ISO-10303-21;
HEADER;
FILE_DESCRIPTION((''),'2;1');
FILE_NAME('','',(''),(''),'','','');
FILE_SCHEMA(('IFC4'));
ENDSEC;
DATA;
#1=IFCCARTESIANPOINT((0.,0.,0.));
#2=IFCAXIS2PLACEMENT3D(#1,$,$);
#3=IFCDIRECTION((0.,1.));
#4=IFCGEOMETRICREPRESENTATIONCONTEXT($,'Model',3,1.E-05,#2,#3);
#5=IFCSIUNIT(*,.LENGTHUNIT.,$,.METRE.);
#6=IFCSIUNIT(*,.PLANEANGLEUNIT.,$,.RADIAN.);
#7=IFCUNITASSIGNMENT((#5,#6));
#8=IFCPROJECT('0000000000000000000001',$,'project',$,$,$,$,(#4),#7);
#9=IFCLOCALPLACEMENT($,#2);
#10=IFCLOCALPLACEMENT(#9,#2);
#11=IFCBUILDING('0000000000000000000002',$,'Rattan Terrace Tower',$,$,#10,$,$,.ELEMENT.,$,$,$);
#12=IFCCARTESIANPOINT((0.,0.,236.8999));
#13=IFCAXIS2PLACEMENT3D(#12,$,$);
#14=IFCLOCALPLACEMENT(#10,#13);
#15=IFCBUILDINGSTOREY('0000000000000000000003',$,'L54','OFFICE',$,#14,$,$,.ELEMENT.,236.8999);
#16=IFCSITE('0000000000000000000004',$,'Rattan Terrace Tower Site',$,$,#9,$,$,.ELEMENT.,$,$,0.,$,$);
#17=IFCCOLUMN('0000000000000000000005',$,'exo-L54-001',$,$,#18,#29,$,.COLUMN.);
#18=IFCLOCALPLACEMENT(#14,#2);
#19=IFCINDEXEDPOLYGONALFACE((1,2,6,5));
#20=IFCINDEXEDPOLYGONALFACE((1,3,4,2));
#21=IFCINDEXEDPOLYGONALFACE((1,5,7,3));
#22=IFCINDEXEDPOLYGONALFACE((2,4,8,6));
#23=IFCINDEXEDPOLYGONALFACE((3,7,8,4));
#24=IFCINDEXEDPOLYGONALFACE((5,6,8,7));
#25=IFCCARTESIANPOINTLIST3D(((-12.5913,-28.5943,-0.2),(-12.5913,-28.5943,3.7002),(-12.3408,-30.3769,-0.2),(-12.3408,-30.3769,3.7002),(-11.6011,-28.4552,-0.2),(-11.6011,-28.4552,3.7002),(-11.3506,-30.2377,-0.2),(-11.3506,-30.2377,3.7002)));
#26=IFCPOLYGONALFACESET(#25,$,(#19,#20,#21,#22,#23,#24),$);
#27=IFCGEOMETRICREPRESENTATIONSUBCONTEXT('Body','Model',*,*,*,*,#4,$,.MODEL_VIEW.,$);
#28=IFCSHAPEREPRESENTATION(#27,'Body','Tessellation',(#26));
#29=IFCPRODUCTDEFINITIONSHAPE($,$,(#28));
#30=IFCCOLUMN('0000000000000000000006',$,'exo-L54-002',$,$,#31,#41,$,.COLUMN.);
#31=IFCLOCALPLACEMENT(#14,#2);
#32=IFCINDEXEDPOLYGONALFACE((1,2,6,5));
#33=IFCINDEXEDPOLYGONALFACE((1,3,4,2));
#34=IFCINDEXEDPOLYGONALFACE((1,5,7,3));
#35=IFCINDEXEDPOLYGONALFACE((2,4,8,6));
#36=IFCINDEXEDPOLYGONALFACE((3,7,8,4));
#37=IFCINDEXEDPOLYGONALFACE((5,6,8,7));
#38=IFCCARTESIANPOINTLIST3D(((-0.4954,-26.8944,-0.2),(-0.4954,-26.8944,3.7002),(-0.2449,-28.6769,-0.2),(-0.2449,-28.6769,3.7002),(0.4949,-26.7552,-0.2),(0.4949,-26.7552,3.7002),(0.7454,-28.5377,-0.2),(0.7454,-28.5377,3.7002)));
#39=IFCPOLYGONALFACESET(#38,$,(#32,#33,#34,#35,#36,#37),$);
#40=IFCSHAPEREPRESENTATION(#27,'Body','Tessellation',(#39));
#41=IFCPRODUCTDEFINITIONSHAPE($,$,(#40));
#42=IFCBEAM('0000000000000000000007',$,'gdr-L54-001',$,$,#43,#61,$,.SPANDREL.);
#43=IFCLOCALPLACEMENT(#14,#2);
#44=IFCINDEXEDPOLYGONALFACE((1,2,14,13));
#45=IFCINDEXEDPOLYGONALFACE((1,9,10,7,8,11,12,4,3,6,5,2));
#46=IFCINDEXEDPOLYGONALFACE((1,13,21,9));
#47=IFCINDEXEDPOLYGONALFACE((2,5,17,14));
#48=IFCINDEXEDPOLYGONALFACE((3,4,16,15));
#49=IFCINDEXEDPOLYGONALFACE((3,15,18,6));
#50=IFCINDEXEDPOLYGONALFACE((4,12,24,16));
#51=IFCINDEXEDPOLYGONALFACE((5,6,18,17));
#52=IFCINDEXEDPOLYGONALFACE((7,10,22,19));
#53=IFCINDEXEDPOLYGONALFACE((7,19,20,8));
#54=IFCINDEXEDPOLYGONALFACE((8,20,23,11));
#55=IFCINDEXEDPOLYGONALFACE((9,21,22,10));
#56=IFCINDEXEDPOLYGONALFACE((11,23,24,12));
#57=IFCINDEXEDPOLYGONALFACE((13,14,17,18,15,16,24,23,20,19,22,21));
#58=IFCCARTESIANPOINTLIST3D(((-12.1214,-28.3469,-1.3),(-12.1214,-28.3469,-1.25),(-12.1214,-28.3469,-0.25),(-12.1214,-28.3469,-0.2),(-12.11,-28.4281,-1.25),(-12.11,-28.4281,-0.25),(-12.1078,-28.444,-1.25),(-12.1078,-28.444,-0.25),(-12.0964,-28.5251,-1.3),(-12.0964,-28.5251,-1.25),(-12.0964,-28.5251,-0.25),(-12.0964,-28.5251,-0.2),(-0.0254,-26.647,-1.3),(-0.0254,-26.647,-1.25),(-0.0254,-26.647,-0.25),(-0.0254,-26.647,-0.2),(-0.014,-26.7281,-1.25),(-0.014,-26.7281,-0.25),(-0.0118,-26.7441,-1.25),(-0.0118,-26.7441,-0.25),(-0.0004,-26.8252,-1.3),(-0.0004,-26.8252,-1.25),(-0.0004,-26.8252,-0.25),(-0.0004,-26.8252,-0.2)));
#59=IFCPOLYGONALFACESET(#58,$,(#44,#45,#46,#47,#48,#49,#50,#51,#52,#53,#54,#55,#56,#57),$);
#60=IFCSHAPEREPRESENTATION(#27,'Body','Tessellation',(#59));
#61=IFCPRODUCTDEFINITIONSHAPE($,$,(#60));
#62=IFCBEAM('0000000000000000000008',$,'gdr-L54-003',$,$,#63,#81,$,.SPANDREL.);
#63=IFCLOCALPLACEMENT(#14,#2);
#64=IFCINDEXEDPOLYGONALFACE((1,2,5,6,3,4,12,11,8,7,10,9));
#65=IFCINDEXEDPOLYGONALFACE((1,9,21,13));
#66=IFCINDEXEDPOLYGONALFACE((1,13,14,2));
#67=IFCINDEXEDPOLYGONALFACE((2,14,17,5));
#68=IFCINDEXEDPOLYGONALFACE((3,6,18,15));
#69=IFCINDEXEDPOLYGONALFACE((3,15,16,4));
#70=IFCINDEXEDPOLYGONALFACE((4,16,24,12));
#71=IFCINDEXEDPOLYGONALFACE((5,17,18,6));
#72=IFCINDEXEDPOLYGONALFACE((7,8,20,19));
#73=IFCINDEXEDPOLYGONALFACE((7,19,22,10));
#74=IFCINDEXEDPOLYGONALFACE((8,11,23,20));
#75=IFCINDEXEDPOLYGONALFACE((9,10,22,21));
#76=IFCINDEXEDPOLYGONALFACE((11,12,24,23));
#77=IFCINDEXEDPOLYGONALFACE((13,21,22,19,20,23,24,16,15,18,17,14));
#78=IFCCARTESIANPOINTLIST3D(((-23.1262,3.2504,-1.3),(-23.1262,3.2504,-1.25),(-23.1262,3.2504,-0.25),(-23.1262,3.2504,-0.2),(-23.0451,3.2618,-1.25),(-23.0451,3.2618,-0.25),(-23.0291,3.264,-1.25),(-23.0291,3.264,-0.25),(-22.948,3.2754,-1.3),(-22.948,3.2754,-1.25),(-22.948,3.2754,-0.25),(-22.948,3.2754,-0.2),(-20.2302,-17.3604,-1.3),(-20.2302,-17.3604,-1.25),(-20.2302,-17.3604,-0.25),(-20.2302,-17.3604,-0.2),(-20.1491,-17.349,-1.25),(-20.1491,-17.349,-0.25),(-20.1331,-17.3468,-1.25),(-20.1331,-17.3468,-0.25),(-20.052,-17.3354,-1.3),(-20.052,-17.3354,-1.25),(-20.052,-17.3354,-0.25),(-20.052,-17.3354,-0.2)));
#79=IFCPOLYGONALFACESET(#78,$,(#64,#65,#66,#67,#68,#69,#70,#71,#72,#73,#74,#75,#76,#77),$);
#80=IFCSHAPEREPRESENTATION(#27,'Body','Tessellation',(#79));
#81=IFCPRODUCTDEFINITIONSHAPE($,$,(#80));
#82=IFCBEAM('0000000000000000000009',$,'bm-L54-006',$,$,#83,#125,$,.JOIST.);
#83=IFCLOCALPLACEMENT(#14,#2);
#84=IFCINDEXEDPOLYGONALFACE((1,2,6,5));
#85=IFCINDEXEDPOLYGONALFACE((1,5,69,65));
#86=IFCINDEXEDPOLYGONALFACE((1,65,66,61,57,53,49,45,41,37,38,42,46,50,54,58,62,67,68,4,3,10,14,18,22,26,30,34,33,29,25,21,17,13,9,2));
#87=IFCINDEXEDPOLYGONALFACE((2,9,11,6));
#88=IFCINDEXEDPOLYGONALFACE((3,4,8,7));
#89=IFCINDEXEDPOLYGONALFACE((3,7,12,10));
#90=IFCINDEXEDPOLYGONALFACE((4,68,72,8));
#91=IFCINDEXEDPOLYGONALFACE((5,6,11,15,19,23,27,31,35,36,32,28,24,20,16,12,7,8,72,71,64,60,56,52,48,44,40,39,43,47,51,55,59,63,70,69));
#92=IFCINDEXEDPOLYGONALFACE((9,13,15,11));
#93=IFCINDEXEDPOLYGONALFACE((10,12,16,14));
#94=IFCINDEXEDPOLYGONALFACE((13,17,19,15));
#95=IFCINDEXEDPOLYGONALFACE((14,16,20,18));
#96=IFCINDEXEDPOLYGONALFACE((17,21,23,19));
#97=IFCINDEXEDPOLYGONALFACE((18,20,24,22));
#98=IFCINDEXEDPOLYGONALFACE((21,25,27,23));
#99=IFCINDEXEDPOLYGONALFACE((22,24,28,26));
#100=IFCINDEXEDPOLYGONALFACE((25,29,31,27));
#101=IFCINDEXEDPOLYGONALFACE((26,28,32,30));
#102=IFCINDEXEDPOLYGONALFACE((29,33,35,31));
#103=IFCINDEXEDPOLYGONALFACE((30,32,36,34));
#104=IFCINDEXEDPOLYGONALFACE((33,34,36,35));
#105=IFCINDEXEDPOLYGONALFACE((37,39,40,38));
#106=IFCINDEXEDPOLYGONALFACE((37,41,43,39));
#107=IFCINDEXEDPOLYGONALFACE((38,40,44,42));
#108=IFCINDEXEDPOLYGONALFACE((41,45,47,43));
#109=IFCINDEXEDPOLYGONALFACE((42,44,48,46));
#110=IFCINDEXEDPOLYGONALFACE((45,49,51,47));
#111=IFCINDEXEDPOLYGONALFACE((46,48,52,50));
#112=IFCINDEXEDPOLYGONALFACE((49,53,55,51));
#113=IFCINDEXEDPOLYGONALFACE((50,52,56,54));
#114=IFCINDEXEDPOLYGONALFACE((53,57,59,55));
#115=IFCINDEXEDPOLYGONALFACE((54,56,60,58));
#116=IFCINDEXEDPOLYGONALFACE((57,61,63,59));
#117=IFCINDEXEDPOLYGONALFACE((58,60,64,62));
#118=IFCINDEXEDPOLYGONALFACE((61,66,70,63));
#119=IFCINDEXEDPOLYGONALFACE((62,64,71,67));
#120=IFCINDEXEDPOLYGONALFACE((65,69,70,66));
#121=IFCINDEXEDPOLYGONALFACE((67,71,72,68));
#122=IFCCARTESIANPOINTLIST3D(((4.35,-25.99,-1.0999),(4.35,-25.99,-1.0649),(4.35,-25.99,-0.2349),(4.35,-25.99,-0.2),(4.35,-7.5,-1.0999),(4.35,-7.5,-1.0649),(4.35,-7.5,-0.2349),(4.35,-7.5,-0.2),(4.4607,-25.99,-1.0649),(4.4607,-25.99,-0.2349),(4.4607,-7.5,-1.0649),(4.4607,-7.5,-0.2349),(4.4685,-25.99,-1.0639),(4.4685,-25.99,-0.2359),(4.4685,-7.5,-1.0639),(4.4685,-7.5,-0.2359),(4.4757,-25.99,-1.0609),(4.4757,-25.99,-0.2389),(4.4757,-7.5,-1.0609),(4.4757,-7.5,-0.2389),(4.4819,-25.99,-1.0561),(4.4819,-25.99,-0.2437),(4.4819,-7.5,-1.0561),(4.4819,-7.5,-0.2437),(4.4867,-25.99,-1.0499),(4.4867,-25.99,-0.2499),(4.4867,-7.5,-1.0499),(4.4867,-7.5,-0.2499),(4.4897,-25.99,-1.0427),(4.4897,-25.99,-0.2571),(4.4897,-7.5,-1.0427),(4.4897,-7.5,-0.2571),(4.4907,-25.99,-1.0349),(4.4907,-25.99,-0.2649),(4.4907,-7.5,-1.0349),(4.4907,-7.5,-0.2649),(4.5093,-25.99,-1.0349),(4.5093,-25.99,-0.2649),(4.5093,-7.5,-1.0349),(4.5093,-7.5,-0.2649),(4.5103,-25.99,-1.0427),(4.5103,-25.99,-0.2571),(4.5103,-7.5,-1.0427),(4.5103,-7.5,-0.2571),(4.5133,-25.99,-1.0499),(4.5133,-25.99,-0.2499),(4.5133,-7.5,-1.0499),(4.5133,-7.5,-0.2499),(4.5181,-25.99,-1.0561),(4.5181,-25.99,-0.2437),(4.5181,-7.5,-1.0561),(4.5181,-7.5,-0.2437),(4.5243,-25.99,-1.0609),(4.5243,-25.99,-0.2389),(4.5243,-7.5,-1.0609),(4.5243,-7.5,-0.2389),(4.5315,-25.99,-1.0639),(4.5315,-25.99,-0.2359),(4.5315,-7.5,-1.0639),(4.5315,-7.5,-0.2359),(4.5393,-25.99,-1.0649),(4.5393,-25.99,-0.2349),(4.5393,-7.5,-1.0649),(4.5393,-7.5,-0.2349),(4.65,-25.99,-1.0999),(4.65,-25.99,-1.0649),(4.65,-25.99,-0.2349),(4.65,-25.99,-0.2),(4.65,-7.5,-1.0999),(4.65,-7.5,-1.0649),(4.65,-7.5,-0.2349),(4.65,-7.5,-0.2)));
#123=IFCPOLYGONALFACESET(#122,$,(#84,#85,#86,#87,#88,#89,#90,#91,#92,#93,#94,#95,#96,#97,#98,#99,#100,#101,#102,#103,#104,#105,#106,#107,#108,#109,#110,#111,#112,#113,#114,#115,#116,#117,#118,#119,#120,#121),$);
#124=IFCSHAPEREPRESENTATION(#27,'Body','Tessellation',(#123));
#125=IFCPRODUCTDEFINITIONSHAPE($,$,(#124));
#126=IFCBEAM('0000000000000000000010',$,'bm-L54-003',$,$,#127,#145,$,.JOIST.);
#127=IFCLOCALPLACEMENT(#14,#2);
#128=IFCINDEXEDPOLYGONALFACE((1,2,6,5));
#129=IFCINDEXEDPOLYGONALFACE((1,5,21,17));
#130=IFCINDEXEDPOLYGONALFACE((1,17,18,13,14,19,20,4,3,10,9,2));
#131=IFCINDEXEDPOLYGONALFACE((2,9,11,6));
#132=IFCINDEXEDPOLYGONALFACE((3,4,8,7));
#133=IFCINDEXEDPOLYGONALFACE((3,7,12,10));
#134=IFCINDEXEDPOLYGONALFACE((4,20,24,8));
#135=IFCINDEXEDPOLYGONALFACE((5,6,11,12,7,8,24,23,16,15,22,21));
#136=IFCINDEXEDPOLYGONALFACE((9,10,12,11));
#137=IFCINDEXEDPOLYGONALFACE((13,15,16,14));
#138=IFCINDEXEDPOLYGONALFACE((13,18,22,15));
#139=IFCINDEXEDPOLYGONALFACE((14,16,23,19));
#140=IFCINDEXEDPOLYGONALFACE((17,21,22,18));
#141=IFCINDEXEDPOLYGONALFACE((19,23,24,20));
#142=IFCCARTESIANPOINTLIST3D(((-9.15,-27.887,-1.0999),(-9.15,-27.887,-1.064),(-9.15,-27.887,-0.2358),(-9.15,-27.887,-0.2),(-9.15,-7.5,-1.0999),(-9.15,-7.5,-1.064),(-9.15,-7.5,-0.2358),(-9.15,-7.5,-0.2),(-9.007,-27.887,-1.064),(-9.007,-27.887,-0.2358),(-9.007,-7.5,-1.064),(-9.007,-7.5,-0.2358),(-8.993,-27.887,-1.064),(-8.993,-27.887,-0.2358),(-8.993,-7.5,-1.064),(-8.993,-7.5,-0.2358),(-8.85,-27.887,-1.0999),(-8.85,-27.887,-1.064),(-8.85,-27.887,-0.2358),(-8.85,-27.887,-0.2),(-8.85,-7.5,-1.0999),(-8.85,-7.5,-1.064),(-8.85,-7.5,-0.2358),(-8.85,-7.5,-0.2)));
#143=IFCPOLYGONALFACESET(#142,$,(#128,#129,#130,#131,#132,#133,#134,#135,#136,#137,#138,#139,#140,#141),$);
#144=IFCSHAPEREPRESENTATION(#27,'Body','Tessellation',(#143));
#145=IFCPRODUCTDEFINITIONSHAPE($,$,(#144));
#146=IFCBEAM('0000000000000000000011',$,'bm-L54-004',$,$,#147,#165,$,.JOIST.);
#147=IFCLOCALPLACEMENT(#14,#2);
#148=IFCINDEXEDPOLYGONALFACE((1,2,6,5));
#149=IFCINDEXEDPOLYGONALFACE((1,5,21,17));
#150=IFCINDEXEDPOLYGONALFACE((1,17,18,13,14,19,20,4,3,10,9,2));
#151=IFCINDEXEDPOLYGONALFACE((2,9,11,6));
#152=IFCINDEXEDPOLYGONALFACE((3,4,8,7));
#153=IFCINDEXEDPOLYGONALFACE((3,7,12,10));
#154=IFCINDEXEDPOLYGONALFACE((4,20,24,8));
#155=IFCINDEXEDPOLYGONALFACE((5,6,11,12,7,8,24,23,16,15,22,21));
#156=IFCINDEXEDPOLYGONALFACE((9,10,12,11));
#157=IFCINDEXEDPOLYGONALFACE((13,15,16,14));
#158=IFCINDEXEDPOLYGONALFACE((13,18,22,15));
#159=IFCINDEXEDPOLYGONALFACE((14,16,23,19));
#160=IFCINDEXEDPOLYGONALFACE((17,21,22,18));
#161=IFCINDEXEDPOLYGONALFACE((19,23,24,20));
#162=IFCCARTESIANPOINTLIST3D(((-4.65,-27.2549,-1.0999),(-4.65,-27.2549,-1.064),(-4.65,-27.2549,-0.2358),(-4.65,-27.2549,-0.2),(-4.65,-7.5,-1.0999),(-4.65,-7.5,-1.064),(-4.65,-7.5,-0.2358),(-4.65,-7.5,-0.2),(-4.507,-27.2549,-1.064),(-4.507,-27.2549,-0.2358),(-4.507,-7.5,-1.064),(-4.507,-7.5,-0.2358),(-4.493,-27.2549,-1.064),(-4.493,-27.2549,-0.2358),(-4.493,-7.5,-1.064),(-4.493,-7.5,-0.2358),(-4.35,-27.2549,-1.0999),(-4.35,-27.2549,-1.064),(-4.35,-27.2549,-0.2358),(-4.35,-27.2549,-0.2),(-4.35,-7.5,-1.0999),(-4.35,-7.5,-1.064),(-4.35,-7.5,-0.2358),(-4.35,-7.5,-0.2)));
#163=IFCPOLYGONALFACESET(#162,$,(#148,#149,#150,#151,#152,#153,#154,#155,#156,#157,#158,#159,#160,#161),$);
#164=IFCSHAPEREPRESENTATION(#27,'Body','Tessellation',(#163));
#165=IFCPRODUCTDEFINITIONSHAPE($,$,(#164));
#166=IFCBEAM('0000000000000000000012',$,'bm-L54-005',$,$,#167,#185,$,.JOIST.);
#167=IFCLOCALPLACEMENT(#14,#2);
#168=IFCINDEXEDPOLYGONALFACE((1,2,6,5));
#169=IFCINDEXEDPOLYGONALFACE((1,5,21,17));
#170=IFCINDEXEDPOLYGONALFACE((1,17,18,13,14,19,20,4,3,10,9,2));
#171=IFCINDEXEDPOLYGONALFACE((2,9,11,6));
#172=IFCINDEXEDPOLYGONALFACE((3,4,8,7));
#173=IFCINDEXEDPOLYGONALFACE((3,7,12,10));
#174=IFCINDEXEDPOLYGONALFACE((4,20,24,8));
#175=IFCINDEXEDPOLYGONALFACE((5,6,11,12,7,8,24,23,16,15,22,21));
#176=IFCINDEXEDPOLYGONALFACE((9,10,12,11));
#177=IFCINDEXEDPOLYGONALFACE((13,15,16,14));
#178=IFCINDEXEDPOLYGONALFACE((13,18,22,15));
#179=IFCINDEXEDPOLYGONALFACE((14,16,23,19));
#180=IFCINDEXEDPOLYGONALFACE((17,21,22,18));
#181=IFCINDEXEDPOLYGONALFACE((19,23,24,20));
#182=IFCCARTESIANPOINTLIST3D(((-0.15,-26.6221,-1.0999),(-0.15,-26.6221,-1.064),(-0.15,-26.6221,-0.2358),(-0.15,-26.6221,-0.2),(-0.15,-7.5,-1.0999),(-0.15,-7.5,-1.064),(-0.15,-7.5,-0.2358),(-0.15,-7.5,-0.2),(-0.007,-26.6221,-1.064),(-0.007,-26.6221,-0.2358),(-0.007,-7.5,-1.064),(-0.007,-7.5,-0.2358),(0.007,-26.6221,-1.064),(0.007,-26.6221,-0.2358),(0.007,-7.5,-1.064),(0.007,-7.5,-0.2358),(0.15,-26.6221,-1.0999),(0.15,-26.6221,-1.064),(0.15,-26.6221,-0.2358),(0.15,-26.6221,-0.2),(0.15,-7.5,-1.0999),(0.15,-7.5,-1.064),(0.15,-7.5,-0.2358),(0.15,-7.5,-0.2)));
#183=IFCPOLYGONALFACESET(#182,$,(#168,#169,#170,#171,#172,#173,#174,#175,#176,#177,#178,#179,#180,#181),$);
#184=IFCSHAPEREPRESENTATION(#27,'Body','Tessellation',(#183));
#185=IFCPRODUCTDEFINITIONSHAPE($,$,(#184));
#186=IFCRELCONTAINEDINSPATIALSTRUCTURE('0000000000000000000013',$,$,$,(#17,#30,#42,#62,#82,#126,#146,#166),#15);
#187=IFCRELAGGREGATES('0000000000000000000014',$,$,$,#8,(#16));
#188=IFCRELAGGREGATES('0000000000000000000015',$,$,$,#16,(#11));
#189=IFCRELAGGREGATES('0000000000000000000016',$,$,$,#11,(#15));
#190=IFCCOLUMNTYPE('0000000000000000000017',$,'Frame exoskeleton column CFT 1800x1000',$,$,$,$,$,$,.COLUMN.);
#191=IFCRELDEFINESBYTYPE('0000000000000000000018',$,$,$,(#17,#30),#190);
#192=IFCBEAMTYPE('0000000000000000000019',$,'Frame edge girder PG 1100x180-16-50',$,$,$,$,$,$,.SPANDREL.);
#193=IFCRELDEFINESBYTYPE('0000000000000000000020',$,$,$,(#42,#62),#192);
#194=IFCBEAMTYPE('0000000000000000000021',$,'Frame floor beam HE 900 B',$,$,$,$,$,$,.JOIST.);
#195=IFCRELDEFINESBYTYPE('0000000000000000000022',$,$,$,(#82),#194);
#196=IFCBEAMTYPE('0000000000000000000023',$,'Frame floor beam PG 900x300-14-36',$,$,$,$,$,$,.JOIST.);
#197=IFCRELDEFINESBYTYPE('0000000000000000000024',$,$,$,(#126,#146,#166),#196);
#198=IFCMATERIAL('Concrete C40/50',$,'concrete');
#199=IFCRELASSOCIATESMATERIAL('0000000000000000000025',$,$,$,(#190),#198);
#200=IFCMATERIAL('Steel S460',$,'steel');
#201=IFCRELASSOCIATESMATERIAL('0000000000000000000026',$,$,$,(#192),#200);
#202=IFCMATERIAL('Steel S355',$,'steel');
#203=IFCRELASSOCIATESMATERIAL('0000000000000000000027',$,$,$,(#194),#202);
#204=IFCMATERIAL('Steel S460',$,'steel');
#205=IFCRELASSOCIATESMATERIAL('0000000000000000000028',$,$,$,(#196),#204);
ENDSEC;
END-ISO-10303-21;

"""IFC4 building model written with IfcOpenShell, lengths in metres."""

from ifc_helpers import new_model, si_unit, direction, frame, origin, origin_2d, place, context, subcontext, project, spatial, rectangle, i_section, extrude, material, material_profile, profile_set, type_object, element, save


model = new_model("IFC4")

# Units and contexts
model_context = context("Model", 3, precision=1e-05, world=origin(), true_north=direction((0.0, 1.0)))
body_context = subcontext(model_context, "Body", "Model", "MODEL_VIEW")
ifc_project = project(units=[si_unit("LENGTHUNIT", "METRE"), si_unit("PLANEANGLEUNIT", "RADIAN")], contexts=[model_context])

# Site, building, storey
site_placement = place(None, origin())
site = spatial("IfcSite", under=ifc_project, at=site_placement, Name="Rattan Terrace Tower Site", CompositionType="ELEMENT", RefElevation=0.0)
building_placement = place(site_placement, origin())
building = spatial("IfcBuilding", under=site, at=building_placement, Name="Rattan Terrace Tower", CompositionType="ELEMENT")
storey_placement = place(building_placement, frame((0.0, 0.0, 236.8999)))
storey = spatial("IfcBuildingStorey", under=building, at=storey_placement, Name="L54", Description="OFFICE", CompositionType="ELEMENT", Elevation=236.8999)

# Columns
ifc_material_1 = material(Name="Concrete C40/50", Category="concrete")
ifc_material_profile_1 = material_profile(ifc_material_1, rectangle(XDim=1.0, YDim=1.8, at=origin_2d()), Name="CFT 1800x1000")
ifc_profile_set_1 = profile_set([ifc_material_profile_1], Name="Concrete C40/50")
column_type = type_object("IfcColumnType", Name="Frame exoskeleton column CFT 1800x1000", PredefinedType="COLUMN", material=ifc_profile_set_1)
for number, where, z_axis, x_axis, name in (
    (1, (-11.9709, -29.416, -0.2), (0.0, 0.0, 1.0), (0.990268, 0.139173, 0.0), "exo-L54-001"),
    (2, (0.125, -27.7161, -0.2), (0.0, 0.0, 1.0), (0.990268, 0.139173, 0.0), "exo-L54-002"),
):
    element("IfcColumn", number, at=place(storey_placement, frame(where, z_axis=z_axis, x_axis=x_axis)), inside=storey, type_object=column_type, Name=name, PredefinedType="COLUMN", context=body_context, shape_type="SweptSolid", body=[
        extrude(rectangle(XDim=1.0, YDim=1.8, at=origin_2d()), origin(), (0.0, 0.0, 1.0), 3.9001),
    ])

# Beams
ifc_material_2 = material(Name="Steel S460", Category="steel")
ifc_material_profile_2 = material_profile(ifc_material_2, i_section(OverallWidth=0.1799, OverallDepth=1.1001, WebThickness=0.0161, FlangeThickness=0.05, at=origin_2d()), Name="PG 1100x180-16-50")
ifc_profile_set_2 = profile_set([ifc_material_profile_2], Name="Steel S460")
beam_type_1 = type_object("IfcBeamType", Name="Frame edge girder PG 1100x180-16-50", PredefinedType="SPANDREL", material=ifc_profile_set_2)
beam_1_placement = place(storey_placement, frame((-12.1089, -28.436, -0.75), z_axis=(0.990268, 0.139171, 0.0), x_axis=(-0.139171, 0.990268, 0.0)))
element("IfcBeam", 3, at=beam_1_placement, inside=storey, type_object=beam_type_1, Name="gdr-L54-001", PredefinedType="SPANDREL", context=body_context, shape_type="SweptSolid", body=[
    extrude(i_section(OverallWidth=0.1799, OverallDepth=1.1001, WebThickness=0.0161, FlangeThickness=0.05, at=origin_2d()), origin(), (0.0, 0.0, 1.0), 12.2148),
])
beam_2_placement = place(storey_placement, frame((-20.1411, -17.3479, -0.75), z_axis=(-0.139142, 0.990272, 0.0), x_axis=(-0.990272, -0.139142, 0.0)))
element("IfcBeam", 4, at=beam_2_placement, inside=storey, type_object=beam_type_1, Name="gdr-L54-003", PredefinedType="SPANDREL", context=body_context, shape_type="SweptSolid", body=[
    extrude(i_section(OverallWidth=0.1799, OverallDepth=1.1001, WebThickness=0.0161, FlangeThickness=0.05, at=origin_2d()), origin(), (0.0, 0.0, 1.0), 20.8132),
])
ifc_material_3 = material(Name="Steel S355", Category="steel")
ifc_material_profile_3 = material_profile(ifc_material_3, i_section(OverallWidth=0.3, OverallDepth=0.8999, WebThickness=0.0186, FlangeThickness=0.0349, FilletRadius=0.03, at=origin_2d()), Name="HE 900 B")
ifc_profile_set_3 = profile_set([ifc_material_profile_3], Name="Steel S355")
beam_type_2 = type_object("IfcBeamType", Name="Frame floor beam HE 900 B", PredefinedType="JOIST", material=ifc_profile_set_3)
beam_3_placement = place(storey_placement, frame((4.5, -25.99, -0.6499), z_axis=(0.0, 1.0, 0.0), x_axis=(-1.0, 0.0, 0.0)))
element("IfcBeam", 5, at=beam_3_placement, inside=storey, type_object=beam_type_2, Name="bm-L54-006", PredefinedType="JOIST", context=body_context, shape_type="SweptSolid", body=[
    extrude(i_section(OverallWidth=0.3, OverallDepth=0.8999, WebThickness=0.0186, FlangeThickness=0.0349, FilletRadius=0.03, at=origin_2d()), origin(), (0.0, 0.0, 1.0), 18.49),
])
ifc_material_4 = material(Name="Steel S460", Category="steel")
ifc_material_profile_4 = material_profile(ifc_material_4, i_section(OverallWidth=0.3, OverallDepth=0.8999, WebThickness=0.0139, FlangeThickness=0.0359, at=origin_2d()), Name="PG 900x300-14-36")
ifc_profile_set_4 = profile_set([ifc_material_profile_4], Name="Steel S460")
beam_type_3 = type_object("IfcBeamType", Name="Frame floor beam PG 900x300-14-36", PredefinedType="JOIST", material=ifc_profile_set_4)
beam_4_placement = place(storey_placement, frame((-9.0, -27.887, -0.6499), z_axis=(0.0, 1.0, 0.0), x_axis=(-1.0, 0.0, 0.0)))
element("IfcBeam", 6, at=beam_4_placement, inside=storey, type_object=beam_type_3, Name="bm-L54-003", PredefinedType="JOIST", context=body_context, shape_type="SweptSolid", body=[
    extrude(i_section(OverallWidth=0.3, OverallDepth=0.8999, WebThickness=0.0139, FlangeThickness=0.0359, at=origin_2d()), origin(), (0.0, 0.0, 1.0), 20.387),
])
beam_5_placement = place(storey_placement, frame((-4.5, -27.2549, -0.6499), z_axis=(0.0, 1.0, 0.0), x_axis=(-1.0, 0.0, 0.0)))
element("IfcBeam", 7, at=beam_5_placement, inside=storey, type_object=beam_type_3, Name="bm-L54-004", PredefinedType="JOIST", context=body_context, shape_type="SweptSolid", body=[
    extrude(i_section(OverallWidth=0.3, OverallDepth=0.8999, WebThickness=0.0139, FlangeThickness=0.0359, at=origin_2d()), origin(), (0.0, 0.0, 1.0), 19.7549),
])
beam_6_placement = place(storey_placement, frame((0.0, -26.6221, -0.6499), z_axis=(0.0, 1.0, 0.0), x_axis=(-1.0, 0.0, 0.0)))
element("IfcBeam", 8, at=beam_6_placement, inside=storey, type_object=beam_type_3, Name="bm-L54-005", PredefinedType="JOIST", context=body_context, shape_type="SweptSolid", body=[
    extrude(i_section(OverallWidth=0.3, OverallDepth=0.8999, WebThickness=0.0139, FlangeThickness=0.0359, at=origin_2d()), origin(), (0.0, 0.0, 1.0), 19.1221),
])

save(model, "model.ifc")
